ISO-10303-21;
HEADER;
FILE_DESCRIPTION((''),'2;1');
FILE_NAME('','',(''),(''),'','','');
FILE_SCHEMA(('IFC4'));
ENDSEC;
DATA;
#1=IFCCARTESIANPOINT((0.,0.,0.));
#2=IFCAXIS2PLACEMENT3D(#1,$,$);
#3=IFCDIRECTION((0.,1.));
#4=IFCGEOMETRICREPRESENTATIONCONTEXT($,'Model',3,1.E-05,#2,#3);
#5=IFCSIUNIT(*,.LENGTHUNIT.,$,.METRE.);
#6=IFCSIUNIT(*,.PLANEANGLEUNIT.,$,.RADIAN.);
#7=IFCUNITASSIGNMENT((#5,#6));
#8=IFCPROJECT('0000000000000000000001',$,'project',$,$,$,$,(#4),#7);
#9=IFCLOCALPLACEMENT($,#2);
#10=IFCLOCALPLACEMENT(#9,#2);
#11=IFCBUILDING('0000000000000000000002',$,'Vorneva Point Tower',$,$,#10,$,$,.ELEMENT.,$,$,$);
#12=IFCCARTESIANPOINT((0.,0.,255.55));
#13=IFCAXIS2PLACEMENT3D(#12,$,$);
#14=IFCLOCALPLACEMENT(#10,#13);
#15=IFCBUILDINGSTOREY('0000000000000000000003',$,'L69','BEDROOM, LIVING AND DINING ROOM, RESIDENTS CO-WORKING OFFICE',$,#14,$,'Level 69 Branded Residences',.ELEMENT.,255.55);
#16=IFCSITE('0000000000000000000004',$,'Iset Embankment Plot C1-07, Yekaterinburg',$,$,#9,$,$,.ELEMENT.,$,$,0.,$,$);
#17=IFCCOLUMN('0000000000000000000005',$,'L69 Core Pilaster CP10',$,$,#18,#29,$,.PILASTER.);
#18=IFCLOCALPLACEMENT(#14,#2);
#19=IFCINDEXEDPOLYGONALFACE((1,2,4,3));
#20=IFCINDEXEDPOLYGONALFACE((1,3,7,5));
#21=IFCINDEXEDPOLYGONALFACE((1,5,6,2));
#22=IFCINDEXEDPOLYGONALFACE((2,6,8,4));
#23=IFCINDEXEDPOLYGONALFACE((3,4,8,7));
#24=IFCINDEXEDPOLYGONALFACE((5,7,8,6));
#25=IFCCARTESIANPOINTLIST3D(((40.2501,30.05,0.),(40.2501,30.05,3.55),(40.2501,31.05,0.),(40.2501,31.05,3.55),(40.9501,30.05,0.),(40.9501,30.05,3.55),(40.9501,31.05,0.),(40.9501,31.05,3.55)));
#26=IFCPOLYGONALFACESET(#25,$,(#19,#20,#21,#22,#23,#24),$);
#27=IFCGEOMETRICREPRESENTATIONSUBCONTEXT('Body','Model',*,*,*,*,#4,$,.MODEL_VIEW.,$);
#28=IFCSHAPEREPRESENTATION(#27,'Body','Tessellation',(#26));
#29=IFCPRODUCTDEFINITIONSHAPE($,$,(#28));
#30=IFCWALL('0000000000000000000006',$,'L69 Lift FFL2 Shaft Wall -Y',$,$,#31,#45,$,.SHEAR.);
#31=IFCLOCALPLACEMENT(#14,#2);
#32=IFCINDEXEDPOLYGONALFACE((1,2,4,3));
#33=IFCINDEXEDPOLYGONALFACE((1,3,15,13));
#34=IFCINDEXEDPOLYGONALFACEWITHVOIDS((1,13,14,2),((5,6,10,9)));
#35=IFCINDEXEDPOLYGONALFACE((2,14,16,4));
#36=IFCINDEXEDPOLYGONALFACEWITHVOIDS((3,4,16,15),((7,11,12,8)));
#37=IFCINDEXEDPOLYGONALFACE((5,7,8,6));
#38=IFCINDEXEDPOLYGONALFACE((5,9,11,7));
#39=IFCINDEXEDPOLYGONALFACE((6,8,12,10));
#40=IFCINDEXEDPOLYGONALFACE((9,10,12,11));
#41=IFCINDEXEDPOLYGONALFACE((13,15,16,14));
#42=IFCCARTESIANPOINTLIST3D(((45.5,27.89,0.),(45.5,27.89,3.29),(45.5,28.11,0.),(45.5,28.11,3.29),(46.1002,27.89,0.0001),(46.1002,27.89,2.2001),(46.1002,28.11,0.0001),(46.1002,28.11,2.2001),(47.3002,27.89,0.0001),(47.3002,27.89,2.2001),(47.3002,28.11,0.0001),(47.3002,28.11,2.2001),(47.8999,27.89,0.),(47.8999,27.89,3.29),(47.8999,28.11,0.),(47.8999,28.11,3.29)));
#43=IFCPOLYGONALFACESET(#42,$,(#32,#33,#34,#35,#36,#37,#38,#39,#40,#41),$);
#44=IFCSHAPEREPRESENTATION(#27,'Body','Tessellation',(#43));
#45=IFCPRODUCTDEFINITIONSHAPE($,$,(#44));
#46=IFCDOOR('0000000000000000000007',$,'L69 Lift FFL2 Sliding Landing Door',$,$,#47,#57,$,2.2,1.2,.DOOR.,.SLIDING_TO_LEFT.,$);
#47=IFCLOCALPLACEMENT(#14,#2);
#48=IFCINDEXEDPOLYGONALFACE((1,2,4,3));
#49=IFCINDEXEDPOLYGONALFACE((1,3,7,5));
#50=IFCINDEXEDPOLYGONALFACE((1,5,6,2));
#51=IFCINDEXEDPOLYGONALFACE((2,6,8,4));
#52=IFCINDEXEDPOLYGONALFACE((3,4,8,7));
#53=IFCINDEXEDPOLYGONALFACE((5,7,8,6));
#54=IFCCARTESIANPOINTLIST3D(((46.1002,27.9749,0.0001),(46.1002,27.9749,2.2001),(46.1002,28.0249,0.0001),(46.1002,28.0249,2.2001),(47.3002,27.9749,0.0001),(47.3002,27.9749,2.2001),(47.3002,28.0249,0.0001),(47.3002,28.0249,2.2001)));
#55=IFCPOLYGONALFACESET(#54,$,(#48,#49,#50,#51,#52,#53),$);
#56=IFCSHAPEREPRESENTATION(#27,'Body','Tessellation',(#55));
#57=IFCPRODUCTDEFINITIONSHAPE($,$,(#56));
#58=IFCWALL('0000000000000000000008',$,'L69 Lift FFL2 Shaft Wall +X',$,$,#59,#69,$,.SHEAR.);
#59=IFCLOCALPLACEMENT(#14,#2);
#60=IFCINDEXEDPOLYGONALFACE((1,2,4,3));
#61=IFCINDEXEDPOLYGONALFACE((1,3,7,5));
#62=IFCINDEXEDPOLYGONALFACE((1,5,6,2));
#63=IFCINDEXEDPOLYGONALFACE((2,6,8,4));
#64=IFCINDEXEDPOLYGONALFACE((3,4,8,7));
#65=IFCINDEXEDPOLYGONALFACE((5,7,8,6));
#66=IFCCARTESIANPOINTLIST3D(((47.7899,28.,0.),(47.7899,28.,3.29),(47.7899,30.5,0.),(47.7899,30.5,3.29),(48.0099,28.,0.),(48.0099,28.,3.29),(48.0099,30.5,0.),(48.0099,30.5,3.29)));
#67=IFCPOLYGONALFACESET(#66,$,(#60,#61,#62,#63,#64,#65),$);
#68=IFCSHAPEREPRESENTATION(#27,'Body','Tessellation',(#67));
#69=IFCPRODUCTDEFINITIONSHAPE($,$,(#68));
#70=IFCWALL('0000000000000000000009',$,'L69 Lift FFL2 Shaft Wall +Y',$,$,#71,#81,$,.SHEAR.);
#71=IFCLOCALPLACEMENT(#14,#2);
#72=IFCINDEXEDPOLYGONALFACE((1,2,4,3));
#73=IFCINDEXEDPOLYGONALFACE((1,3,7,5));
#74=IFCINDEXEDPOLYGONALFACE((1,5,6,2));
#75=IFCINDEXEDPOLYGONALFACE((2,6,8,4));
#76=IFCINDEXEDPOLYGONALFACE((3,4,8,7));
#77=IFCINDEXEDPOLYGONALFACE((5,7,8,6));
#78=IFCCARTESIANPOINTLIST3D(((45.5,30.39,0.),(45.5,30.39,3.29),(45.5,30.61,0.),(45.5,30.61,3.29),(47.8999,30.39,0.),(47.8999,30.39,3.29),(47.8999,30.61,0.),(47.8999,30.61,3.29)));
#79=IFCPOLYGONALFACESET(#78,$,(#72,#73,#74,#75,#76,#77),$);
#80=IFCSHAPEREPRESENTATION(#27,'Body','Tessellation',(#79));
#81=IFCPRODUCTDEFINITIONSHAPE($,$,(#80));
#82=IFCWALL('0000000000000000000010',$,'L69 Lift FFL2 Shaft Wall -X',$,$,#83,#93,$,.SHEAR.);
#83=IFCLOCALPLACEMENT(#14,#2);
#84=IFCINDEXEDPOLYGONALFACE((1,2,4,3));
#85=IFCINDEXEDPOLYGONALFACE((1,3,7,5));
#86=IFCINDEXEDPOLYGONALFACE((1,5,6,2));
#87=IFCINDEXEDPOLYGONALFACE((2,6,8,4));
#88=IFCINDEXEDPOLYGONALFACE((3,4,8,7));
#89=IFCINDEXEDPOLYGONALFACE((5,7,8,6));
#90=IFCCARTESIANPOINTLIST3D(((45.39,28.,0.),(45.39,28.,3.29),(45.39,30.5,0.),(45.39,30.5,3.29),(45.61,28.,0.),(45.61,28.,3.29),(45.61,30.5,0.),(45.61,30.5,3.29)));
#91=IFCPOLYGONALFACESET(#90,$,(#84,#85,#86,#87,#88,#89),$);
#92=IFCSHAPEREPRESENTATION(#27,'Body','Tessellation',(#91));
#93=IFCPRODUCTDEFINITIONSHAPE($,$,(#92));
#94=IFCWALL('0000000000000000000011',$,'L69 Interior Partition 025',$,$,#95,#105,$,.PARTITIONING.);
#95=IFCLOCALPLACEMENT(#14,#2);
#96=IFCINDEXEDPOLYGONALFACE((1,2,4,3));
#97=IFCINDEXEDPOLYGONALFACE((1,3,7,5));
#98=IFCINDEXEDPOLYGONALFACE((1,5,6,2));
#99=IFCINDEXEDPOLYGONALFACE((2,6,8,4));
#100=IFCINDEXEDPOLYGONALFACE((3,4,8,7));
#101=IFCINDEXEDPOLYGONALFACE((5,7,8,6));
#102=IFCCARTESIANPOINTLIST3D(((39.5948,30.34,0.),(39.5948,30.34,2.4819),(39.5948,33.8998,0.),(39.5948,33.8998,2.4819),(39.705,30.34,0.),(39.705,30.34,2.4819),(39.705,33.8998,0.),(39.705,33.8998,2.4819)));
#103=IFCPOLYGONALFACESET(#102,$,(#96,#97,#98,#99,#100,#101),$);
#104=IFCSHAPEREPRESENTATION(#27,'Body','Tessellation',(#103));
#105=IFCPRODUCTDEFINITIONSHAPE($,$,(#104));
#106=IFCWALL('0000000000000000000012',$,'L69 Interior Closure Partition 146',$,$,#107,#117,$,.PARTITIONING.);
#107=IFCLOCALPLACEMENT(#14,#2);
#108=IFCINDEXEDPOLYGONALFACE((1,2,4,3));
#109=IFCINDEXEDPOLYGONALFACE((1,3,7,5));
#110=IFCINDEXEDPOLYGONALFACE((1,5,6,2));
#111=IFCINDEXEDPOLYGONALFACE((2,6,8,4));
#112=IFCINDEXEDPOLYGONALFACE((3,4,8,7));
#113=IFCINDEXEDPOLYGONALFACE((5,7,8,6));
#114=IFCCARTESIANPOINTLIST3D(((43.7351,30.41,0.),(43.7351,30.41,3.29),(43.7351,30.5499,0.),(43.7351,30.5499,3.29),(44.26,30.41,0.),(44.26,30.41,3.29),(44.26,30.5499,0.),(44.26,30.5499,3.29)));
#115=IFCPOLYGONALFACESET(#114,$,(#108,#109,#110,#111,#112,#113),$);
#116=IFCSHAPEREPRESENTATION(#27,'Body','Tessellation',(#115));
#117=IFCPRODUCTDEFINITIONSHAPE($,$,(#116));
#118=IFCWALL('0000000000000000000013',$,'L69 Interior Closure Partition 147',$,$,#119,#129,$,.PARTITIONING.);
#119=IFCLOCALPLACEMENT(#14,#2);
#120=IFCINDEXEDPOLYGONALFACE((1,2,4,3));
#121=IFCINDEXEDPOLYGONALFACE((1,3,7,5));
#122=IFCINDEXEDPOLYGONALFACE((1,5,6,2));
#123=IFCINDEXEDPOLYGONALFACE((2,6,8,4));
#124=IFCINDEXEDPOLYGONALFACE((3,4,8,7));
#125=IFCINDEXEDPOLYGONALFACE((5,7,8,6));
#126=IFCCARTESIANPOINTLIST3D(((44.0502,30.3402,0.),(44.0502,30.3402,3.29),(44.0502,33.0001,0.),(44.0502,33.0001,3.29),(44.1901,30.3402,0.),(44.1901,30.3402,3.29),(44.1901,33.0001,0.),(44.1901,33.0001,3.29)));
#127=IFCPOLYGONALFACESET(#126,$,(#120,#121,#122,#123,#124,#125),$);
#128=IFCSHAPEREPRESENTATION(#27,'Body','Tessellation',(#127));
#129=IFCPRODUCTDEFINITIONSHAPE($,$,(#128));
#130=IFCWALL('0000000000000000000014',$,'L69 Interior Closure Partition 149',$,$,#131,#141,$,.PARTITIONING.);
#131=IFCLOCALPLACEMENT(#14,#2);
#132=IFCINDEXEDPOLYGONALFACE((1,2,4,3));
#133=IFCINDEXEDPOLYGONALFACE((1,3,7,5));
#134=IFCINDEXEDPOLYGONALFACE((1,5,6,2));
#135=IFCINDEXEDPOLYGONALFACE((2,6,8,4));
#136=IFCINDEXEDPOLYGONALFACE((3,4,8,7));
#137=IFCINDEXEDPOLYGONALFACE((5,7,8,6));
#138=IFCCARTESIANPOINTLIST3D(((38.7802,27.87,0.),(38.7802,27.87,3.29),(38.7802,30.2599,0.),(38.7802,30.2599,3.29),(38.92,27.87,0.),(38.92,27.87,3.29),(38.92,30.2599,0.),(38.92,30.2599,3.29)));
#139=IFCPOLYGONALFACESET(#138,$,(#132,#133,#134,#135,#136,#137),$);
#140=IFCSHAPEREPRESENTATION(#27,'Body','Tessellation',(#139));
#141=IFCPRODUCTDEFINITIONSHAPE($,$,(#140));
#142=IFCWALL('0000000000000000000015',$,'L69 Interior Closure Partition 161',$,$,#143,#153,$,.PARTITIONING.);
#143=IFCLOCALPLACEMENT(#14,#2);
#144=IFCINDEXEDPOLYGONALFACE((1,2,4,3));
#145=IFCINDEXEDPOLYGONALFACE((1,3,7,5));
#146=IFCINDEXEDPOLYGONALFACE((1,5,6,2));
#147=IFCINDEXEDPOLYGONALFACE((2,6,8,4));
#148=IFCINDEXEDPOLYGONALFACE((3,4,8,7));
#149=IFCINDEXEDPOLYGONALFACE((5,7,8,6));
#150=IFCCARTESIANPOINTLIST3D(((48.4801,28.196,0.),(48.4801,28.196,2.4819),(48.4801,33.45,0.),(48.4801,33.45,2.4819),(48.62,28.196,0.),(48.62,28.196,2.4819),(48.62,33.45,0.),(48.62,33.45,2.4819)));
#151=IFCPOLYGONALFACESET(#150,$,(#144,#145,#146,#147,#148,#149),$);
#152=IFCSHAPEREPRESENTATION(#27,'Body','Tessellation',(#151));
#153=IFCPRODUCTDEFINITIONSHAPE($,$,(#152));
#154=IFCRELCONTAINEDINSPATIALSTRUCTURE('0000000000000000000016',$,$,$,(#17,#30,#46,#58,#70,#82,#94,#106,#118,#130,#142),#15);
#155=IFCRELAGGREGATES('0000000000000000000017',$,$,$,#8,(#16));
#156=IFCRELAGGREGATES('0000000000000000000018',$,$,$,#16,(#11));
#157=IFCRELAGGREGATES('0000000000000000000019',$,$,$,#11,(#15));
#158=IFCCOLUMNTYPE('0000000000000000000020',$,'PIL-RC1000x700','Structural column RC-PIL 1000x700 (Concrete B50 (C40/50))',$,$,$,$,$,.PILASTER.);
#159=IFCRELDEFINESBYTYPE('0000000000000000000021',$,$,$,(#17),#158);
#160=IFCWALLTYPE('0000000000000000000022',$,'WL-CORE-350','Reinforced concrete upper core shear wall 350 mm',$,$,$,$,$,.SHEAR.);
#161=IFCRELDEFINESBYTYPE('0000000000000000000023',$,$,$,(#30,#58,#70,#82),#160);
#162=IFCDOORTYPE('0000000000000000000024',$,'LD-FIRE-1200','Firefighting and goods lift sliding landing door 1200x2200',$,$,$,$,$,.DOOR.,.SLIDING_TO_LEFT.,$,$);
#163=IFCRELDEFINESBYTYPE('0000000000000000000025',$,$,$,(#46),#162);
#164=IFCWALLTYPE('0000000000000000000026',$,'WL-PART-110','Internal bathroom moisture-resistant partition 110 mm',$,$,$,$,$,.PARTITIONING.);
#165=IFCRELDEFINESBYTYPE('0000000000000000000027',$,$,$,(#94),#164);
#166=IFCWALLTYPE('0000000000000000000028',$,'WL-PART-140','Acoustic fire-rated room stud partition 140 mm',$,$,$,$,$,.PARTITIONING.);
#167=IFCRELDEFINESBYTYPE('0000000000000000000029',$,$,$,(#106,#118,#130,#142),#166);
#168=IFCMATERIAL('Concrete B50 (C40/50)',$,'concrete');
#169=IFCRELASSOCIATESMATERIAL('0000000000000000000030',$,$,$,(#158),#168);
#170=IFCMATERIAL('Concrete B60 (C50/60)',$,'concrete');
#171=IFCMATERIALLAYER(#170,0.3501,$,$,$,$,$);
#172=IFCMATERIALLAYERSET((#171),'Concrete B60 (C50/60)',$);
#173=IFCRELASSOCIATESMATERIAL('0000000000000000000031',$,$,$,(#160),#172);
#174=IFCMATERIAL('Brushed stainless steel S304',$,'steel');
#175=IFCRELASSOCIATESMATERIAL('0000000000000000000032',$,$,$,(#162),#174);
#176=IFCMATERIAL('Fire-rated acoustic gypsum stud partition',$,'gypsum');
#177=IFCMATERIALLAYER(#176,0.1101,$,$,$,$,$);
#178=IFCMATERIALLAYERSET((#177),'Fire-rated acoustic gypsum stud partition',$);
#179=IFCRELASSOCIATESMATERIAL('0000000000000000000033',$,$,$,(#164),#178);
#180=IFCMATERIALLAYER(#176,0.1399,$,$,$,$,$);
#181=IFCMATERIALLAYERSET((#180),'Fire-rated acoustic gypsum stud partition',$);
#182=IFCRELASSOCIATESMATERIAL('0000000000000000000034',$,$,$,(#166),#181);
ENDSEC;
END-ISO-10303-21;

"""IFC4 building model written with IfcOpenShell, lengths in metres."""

from ifc_helpers import new_model, si_unit, direction, frame, frame_2d, origin, origin_2d, place, context, subcontext, project, spatial, rectangle, extrude, material, layer, layer_set, material_profile, profile_set, type_object, element, fill, save


model = new_model("IFC4")

# Units and contexts
model_context = context("Model", 3, precision=1e-05, world=origin(), true_north=direction((0.0, 1.0)))
body_context = subcontext(model_context, "Body", "Model", "MODEL_VIEW")
ifc_project = project(units=[si_unit("LENGTHUNIT", "METRE"), si_unit("PLANEANGLEUNIT", "RADIAN")], contexts=[model_context])

# Site, building, storey
site_placement = place(None, origin())
site = spatial("IfcSite", under=ifc_project, at=site_placement, Name="Iset Embankment Plot C1-07, Yekaterinburg", CompositionType="ELEMENT", RefElevation=0.0)
building_placement = place(site_placement, origin())
building = spatial("IfcBuilding", under=site, at=building_placement, Name="Vorneva Point Tower", CompositionType="ELEMENT")
storey_placement = place(building_placement, frame((0.0, 0.0, 255.55)))
storey = spatial("IfcBuildingStorey", under=building, at=storey_placement, Name="L69", Description="BEDROOM, LIVING AND DINING ROOM, RESIDENTS CO-WORKING OFFICE", LongName="Level 69 Branded Residences", CompositionType="ELEMENT", Elevation=255.55)

# Column
ifc_material_1 = material(Name="Concrete B50 (C40/50)", Category="concrete")
ifc_material_profile = material_profile(ifc_material_1, rectangle(XDim=0.7, YDim=1.0, at=origin_2d()), Name="RC-PIL 1000x700")
ifc_profile_set = profile_set([ifc_material_profile], Name="Concrete B50 (C40/50)")
column_type = type_object("IfcColumnType", Name="PIL-RC1000x700", Description="Structural column RC-PIL 1000x700 (Concrete B50 (C40/50))", PredefinedType="PILASTER", material=ifc_profile_set)
column_placement = place(storey_placement, frame((40.6001, 30.55, 0.0), z_axis=(0.0, 0.0, 1.0), x_axis=(1.0, 0.0, 0.0)))
element("IfcColumn", 1, at=column_placement, inside=storey, type_object=column_type, Name="L69 Core Pilaster CP10", PredefinedType="PILASTER", context=body_context, shape_type="SweptSolid", body=[
    extrude(rectangle(XDim=0.7, YDim=1.0, at=origin_2d()), origin(), (0.0, 0.0, 1.0), 3.55),
])

# Wall, opening, door
ifc_material_2 = material(Name="Concrete B60 (C50/60)", Category="concrete")
ifc_layer_1 = layer(ifc_material_2, 0.3501)
ifc_layer_set_1 = layer_set([ifc_layer_1], Name="Concrete B60 (C50/60)")
wall_type_1 = type_object("IfcWallType", Name="WL-CORE-350", Description="Reinforced concrete upper core shear wall 350 mm", PredefinedType="SHEAR", material=ifc_layer_set_1)
wall_1_placement = place(storey_placement, frame((45.5, 28.0, 0.0), z_axis=(0.0, 0.0, 1.0), x_axis=(1.0, 0.0, 0.0)))
wall_1 = element("IfcWall", 2, at=wall_1_placement, inside=storey, type_object=wall_type_1, Name="L69 Lift FFL2 Shaft Wall -Y", PredefinedType="SHEAR", context=body_context, shape_type="SweptSolid", body=[
    extrude(rectangle(XDim=2.3999, YDim=0.22, at=frame_2d((1.2, 0.0))), origin(), (0.0, 0.0, 1.0), 3.29),
])
opening_1_placement = place(wall_1_placement, frame((0.6001, 0.0, 0.0)))
opening_1 = element("IfcOpeningElement", 3, at=opening_1_placement, cuts=wall_1, PredefinedType="OPENING", context=body_context, shape_type="SweptSolid", body=[
    extrude(rectangle(XDim=1.2, YDim=2.2, at=frame_2d((0.6001, 1.1001))), frame((0.0, 0.125, 0.0), z_axis=(0.0, -1.0, 0.0), x_axis=(1.0, 0.0, 0.0)), (0.0, 0.0, 1.0), 0.2498),
])
ifc_material_3 = material(Name="Brushed stainless steel S304", Category="steel")
door_type_1 = type_object("IfcDoorType", Name="LD-FIRE-1200", Description="Firefighting and goods lift sliding landing door 1200x2200", OperationType="SLIDING_TO_LEFT", PredefinedType="DOOR", material=ifc_material_3)
door_1_placement = place(opening_1_placement, origin())
door_1 = element("IfcDoor", 4, at=door_1_placement, inside=storey, type_object=door_type_1, Name="L69 Lift FFL2 Sliding Landing Door", OperationType="SLIDING_TO_LEFT", OverallHeight=2.2, OverallWidth=1.2, PredefinedType="DOOR", context=body_context, shape_type="SweptSolid", body=[
    extrude(rectangle(XDim=1.2, YDim=2.2, at=frame_2d((0.6001, 1.1001))), frame((0.0, 0.0249, 0.0), z_axis=(0.0, -1.0, 0.0), x_axis=(1.0, 0.0, 0.0)), (0.0, 0.0, 1.0), 0.05),
])
fill(opening_1, door_1)

# Walls
wall_2_placement = place(storey_placement, frame((47.8999, 28.0, 0.0), z_axis=(0.0, 0.0, 1.0), x_axis=(0.0, 1.0, 0.0)))
element("IfcWall", 5, at=wall_2_placement, inside=storey, type_object=wall_type_1, Name="L69 Lift FFL2 Shaft Wall +X", PredefinedType="SHEAR", context=body_context, shape_type="SweptSolid", body=[
    extrude(rectangle(XDim=2.5, YDim=0.22, at=frame_2d((1.25, 0.0))), origin(), (0.0, 0.0, 1.0), 3.29),
])
wall_3_placement = place(storey_placement, frame((47.8999, 30.5, 0.0), z_axis=(0.0, 0.0, 1.0), x_axis=(-1.0, 0.0, 0.0)))
element("IfcWall", 6, at=wall_3_placement, inside=storey, type_object=wall_type_1, Name="L69 Lift FFL2 Shaft Wall +Y", PredefinedType="SHEAR", context=body_context, shape_type="SweptSolid", body=[
    extrude(rectangle(XDim=2.3999, YDim=0.22, at=frame_2d((1.2, 0.0))), origin(), (0.0, 0.0, 1.0), 3.29),
])
wall_4_placement = place(storey_placement, frame((45.5, 30.5, 0.0), z_axis=(0.0, 0.0, 1.0), x_axis=(0.0, -1.0, 0.0)))
element("IfcWall", 7, at=wall_4_placement, inside=storey, type_object=wall_type_1, Name="L69 Lift FFL2 Shaft Wall -X", PredefinedType="SHEAR", context=body_context, shape_type="SweptSolid", body=[
    extrude(rectangle(XDim=2.5, YDim=0.22, at=frame_2d((1.25, 0.0))), origin(), (0.0, 0.0, 1.0), 3.29),
])
ifc_material_4 = material(Name="Fire-rated acoustic gypsum stud partition", Category="gypsum")
ifc_layer_2 = layer(ifc_material_4, 0.1101)
ifc_layer_set_2 = layer_set([ifc_layer_2], Name="Fire-rated acoustic gypsum stud partition")
wall_type_2 = type_object("IfcWallType", Name="WL-PART-110", Description="Internal bathroom moisture-resistant partition 110 mm", PredefinedType="PARTITIONING", material=ifc_layer_set_2)
wall_5_placement = place(storey_placement, frame((39.6499, 30.3401, 0.0), z_axis=(0.0, 0.0, 1.0), x_axis=(0.0, 1.0, 0.0)))
element("IfcWall", 8, at=wall_5_placement, inside=storey, type_object=wall_type_2, Name="L69 Interior Partition 025", PredefinedType="PARTITIONING", context=body_context, shape_type="SweptSolid", body=[
    extrude(rectangle(XDim=3.5598, YDim=0.1101, at=frame_2d((1.7798, 0.0))), origin(), (0.0, 0.0, 1.0), 2.4819),
])
ifc_layer_3 = layer(ifc_material_4, 0.1399)
ifc_layer_set_3 = layer_set([ifc_layer_3], Name="Fire-rated acoustic gypsum stud partition")
wall_type_3 = type_object("IfcWallType", Name="WL-PART-140", Description="Acoustic fire-rated room stud partition 140 mm", PredefinedType="PARTITIONING", material=ifc_layer_set_3)
wall_6_placement = place(storey_placement, frame((43.7351, 30.48, 0.0), z_axis=(0.0, 0.0, 1.0), x_axis=(1.0, 0.0, 0.0)))
element("IfcWall", 9, at=wall_6_placement, inside=storey, type_object=wall_type_3, Name="L69 Interior Closure Partition 146", PredefinedType="PARTITIONING", context=body_context, shape_type="SweptSolid", body=[
    extrude(rectangle(XDim=0.5249, YDim=0.1399, at=frame_2d((0.2625, 0.0))), origin(), (0.0, 0.0, 1.0), 3.29),
])
wall_7_placement = place(storey_placement, frame((44.1201, 30.3401, 0.0), z_axis=(0.0, 0.0, 1.0), x_axis=(0.0, 1.0, 0.0)))
element("IfcWall", 10, at=wall_7_placement, inside=storey, type_object=wall_type_3, Name="L69 Interior Closure Partition 147", PredefinedType="PARTITIONING", context=body_context, shape_type="SweptSolid", body=[
    extrude(rectangle(XDim=2.6599, YDim=0.1399, at=frame_2d((1.3301, 0.0))), origin(), (0.0, 0.0, 1.0), 3.29),
])
wall_8_placement = place(storey_placement, frame((38.8501, 27.8701, 0.0), z_axis=(0.0, 0.0, 1.0), x_axis=(0.0, 1.0, 0.0)))
element("IfcWall", 11, at=wall_8_placement, inside=storey, type_object=wall_type_3, Name="L69 Interior Closure Partition 149", PredefinedType="PARTITIONING", context=body_context, shape_type="SweptSolid", body=[
    extrude(rectangle(XDim=2.3899, YDim=0.1399, at=frame_2d((1.1948, 0.0))), origin(), (0.0, 0.0, 1.0), 3.29),
])
wall_9_placement = place(storey_placement, frame((48.55, 28.196, 0.0), z_axis=(0.0, 0.0, 1.0), x_axis=(0.0, 1.0, 0.0)))
element("IfcWall", 12, at=wall_9_placement, inside=storey, type_object=wall_type_3, Name="L69 Interior Closure Partition 161", PredefinedType="PARTITIONING", context=body_context, shape_type="SweptSolid", body=[
    extrude(rectangle(XDim=5.2539, YDim=0.1399, at=frame_2d((2.627, 0.0))), origin(), (0.0, 0.0, 1.0), 2.4819),
])

save(model, "model.ifc")
